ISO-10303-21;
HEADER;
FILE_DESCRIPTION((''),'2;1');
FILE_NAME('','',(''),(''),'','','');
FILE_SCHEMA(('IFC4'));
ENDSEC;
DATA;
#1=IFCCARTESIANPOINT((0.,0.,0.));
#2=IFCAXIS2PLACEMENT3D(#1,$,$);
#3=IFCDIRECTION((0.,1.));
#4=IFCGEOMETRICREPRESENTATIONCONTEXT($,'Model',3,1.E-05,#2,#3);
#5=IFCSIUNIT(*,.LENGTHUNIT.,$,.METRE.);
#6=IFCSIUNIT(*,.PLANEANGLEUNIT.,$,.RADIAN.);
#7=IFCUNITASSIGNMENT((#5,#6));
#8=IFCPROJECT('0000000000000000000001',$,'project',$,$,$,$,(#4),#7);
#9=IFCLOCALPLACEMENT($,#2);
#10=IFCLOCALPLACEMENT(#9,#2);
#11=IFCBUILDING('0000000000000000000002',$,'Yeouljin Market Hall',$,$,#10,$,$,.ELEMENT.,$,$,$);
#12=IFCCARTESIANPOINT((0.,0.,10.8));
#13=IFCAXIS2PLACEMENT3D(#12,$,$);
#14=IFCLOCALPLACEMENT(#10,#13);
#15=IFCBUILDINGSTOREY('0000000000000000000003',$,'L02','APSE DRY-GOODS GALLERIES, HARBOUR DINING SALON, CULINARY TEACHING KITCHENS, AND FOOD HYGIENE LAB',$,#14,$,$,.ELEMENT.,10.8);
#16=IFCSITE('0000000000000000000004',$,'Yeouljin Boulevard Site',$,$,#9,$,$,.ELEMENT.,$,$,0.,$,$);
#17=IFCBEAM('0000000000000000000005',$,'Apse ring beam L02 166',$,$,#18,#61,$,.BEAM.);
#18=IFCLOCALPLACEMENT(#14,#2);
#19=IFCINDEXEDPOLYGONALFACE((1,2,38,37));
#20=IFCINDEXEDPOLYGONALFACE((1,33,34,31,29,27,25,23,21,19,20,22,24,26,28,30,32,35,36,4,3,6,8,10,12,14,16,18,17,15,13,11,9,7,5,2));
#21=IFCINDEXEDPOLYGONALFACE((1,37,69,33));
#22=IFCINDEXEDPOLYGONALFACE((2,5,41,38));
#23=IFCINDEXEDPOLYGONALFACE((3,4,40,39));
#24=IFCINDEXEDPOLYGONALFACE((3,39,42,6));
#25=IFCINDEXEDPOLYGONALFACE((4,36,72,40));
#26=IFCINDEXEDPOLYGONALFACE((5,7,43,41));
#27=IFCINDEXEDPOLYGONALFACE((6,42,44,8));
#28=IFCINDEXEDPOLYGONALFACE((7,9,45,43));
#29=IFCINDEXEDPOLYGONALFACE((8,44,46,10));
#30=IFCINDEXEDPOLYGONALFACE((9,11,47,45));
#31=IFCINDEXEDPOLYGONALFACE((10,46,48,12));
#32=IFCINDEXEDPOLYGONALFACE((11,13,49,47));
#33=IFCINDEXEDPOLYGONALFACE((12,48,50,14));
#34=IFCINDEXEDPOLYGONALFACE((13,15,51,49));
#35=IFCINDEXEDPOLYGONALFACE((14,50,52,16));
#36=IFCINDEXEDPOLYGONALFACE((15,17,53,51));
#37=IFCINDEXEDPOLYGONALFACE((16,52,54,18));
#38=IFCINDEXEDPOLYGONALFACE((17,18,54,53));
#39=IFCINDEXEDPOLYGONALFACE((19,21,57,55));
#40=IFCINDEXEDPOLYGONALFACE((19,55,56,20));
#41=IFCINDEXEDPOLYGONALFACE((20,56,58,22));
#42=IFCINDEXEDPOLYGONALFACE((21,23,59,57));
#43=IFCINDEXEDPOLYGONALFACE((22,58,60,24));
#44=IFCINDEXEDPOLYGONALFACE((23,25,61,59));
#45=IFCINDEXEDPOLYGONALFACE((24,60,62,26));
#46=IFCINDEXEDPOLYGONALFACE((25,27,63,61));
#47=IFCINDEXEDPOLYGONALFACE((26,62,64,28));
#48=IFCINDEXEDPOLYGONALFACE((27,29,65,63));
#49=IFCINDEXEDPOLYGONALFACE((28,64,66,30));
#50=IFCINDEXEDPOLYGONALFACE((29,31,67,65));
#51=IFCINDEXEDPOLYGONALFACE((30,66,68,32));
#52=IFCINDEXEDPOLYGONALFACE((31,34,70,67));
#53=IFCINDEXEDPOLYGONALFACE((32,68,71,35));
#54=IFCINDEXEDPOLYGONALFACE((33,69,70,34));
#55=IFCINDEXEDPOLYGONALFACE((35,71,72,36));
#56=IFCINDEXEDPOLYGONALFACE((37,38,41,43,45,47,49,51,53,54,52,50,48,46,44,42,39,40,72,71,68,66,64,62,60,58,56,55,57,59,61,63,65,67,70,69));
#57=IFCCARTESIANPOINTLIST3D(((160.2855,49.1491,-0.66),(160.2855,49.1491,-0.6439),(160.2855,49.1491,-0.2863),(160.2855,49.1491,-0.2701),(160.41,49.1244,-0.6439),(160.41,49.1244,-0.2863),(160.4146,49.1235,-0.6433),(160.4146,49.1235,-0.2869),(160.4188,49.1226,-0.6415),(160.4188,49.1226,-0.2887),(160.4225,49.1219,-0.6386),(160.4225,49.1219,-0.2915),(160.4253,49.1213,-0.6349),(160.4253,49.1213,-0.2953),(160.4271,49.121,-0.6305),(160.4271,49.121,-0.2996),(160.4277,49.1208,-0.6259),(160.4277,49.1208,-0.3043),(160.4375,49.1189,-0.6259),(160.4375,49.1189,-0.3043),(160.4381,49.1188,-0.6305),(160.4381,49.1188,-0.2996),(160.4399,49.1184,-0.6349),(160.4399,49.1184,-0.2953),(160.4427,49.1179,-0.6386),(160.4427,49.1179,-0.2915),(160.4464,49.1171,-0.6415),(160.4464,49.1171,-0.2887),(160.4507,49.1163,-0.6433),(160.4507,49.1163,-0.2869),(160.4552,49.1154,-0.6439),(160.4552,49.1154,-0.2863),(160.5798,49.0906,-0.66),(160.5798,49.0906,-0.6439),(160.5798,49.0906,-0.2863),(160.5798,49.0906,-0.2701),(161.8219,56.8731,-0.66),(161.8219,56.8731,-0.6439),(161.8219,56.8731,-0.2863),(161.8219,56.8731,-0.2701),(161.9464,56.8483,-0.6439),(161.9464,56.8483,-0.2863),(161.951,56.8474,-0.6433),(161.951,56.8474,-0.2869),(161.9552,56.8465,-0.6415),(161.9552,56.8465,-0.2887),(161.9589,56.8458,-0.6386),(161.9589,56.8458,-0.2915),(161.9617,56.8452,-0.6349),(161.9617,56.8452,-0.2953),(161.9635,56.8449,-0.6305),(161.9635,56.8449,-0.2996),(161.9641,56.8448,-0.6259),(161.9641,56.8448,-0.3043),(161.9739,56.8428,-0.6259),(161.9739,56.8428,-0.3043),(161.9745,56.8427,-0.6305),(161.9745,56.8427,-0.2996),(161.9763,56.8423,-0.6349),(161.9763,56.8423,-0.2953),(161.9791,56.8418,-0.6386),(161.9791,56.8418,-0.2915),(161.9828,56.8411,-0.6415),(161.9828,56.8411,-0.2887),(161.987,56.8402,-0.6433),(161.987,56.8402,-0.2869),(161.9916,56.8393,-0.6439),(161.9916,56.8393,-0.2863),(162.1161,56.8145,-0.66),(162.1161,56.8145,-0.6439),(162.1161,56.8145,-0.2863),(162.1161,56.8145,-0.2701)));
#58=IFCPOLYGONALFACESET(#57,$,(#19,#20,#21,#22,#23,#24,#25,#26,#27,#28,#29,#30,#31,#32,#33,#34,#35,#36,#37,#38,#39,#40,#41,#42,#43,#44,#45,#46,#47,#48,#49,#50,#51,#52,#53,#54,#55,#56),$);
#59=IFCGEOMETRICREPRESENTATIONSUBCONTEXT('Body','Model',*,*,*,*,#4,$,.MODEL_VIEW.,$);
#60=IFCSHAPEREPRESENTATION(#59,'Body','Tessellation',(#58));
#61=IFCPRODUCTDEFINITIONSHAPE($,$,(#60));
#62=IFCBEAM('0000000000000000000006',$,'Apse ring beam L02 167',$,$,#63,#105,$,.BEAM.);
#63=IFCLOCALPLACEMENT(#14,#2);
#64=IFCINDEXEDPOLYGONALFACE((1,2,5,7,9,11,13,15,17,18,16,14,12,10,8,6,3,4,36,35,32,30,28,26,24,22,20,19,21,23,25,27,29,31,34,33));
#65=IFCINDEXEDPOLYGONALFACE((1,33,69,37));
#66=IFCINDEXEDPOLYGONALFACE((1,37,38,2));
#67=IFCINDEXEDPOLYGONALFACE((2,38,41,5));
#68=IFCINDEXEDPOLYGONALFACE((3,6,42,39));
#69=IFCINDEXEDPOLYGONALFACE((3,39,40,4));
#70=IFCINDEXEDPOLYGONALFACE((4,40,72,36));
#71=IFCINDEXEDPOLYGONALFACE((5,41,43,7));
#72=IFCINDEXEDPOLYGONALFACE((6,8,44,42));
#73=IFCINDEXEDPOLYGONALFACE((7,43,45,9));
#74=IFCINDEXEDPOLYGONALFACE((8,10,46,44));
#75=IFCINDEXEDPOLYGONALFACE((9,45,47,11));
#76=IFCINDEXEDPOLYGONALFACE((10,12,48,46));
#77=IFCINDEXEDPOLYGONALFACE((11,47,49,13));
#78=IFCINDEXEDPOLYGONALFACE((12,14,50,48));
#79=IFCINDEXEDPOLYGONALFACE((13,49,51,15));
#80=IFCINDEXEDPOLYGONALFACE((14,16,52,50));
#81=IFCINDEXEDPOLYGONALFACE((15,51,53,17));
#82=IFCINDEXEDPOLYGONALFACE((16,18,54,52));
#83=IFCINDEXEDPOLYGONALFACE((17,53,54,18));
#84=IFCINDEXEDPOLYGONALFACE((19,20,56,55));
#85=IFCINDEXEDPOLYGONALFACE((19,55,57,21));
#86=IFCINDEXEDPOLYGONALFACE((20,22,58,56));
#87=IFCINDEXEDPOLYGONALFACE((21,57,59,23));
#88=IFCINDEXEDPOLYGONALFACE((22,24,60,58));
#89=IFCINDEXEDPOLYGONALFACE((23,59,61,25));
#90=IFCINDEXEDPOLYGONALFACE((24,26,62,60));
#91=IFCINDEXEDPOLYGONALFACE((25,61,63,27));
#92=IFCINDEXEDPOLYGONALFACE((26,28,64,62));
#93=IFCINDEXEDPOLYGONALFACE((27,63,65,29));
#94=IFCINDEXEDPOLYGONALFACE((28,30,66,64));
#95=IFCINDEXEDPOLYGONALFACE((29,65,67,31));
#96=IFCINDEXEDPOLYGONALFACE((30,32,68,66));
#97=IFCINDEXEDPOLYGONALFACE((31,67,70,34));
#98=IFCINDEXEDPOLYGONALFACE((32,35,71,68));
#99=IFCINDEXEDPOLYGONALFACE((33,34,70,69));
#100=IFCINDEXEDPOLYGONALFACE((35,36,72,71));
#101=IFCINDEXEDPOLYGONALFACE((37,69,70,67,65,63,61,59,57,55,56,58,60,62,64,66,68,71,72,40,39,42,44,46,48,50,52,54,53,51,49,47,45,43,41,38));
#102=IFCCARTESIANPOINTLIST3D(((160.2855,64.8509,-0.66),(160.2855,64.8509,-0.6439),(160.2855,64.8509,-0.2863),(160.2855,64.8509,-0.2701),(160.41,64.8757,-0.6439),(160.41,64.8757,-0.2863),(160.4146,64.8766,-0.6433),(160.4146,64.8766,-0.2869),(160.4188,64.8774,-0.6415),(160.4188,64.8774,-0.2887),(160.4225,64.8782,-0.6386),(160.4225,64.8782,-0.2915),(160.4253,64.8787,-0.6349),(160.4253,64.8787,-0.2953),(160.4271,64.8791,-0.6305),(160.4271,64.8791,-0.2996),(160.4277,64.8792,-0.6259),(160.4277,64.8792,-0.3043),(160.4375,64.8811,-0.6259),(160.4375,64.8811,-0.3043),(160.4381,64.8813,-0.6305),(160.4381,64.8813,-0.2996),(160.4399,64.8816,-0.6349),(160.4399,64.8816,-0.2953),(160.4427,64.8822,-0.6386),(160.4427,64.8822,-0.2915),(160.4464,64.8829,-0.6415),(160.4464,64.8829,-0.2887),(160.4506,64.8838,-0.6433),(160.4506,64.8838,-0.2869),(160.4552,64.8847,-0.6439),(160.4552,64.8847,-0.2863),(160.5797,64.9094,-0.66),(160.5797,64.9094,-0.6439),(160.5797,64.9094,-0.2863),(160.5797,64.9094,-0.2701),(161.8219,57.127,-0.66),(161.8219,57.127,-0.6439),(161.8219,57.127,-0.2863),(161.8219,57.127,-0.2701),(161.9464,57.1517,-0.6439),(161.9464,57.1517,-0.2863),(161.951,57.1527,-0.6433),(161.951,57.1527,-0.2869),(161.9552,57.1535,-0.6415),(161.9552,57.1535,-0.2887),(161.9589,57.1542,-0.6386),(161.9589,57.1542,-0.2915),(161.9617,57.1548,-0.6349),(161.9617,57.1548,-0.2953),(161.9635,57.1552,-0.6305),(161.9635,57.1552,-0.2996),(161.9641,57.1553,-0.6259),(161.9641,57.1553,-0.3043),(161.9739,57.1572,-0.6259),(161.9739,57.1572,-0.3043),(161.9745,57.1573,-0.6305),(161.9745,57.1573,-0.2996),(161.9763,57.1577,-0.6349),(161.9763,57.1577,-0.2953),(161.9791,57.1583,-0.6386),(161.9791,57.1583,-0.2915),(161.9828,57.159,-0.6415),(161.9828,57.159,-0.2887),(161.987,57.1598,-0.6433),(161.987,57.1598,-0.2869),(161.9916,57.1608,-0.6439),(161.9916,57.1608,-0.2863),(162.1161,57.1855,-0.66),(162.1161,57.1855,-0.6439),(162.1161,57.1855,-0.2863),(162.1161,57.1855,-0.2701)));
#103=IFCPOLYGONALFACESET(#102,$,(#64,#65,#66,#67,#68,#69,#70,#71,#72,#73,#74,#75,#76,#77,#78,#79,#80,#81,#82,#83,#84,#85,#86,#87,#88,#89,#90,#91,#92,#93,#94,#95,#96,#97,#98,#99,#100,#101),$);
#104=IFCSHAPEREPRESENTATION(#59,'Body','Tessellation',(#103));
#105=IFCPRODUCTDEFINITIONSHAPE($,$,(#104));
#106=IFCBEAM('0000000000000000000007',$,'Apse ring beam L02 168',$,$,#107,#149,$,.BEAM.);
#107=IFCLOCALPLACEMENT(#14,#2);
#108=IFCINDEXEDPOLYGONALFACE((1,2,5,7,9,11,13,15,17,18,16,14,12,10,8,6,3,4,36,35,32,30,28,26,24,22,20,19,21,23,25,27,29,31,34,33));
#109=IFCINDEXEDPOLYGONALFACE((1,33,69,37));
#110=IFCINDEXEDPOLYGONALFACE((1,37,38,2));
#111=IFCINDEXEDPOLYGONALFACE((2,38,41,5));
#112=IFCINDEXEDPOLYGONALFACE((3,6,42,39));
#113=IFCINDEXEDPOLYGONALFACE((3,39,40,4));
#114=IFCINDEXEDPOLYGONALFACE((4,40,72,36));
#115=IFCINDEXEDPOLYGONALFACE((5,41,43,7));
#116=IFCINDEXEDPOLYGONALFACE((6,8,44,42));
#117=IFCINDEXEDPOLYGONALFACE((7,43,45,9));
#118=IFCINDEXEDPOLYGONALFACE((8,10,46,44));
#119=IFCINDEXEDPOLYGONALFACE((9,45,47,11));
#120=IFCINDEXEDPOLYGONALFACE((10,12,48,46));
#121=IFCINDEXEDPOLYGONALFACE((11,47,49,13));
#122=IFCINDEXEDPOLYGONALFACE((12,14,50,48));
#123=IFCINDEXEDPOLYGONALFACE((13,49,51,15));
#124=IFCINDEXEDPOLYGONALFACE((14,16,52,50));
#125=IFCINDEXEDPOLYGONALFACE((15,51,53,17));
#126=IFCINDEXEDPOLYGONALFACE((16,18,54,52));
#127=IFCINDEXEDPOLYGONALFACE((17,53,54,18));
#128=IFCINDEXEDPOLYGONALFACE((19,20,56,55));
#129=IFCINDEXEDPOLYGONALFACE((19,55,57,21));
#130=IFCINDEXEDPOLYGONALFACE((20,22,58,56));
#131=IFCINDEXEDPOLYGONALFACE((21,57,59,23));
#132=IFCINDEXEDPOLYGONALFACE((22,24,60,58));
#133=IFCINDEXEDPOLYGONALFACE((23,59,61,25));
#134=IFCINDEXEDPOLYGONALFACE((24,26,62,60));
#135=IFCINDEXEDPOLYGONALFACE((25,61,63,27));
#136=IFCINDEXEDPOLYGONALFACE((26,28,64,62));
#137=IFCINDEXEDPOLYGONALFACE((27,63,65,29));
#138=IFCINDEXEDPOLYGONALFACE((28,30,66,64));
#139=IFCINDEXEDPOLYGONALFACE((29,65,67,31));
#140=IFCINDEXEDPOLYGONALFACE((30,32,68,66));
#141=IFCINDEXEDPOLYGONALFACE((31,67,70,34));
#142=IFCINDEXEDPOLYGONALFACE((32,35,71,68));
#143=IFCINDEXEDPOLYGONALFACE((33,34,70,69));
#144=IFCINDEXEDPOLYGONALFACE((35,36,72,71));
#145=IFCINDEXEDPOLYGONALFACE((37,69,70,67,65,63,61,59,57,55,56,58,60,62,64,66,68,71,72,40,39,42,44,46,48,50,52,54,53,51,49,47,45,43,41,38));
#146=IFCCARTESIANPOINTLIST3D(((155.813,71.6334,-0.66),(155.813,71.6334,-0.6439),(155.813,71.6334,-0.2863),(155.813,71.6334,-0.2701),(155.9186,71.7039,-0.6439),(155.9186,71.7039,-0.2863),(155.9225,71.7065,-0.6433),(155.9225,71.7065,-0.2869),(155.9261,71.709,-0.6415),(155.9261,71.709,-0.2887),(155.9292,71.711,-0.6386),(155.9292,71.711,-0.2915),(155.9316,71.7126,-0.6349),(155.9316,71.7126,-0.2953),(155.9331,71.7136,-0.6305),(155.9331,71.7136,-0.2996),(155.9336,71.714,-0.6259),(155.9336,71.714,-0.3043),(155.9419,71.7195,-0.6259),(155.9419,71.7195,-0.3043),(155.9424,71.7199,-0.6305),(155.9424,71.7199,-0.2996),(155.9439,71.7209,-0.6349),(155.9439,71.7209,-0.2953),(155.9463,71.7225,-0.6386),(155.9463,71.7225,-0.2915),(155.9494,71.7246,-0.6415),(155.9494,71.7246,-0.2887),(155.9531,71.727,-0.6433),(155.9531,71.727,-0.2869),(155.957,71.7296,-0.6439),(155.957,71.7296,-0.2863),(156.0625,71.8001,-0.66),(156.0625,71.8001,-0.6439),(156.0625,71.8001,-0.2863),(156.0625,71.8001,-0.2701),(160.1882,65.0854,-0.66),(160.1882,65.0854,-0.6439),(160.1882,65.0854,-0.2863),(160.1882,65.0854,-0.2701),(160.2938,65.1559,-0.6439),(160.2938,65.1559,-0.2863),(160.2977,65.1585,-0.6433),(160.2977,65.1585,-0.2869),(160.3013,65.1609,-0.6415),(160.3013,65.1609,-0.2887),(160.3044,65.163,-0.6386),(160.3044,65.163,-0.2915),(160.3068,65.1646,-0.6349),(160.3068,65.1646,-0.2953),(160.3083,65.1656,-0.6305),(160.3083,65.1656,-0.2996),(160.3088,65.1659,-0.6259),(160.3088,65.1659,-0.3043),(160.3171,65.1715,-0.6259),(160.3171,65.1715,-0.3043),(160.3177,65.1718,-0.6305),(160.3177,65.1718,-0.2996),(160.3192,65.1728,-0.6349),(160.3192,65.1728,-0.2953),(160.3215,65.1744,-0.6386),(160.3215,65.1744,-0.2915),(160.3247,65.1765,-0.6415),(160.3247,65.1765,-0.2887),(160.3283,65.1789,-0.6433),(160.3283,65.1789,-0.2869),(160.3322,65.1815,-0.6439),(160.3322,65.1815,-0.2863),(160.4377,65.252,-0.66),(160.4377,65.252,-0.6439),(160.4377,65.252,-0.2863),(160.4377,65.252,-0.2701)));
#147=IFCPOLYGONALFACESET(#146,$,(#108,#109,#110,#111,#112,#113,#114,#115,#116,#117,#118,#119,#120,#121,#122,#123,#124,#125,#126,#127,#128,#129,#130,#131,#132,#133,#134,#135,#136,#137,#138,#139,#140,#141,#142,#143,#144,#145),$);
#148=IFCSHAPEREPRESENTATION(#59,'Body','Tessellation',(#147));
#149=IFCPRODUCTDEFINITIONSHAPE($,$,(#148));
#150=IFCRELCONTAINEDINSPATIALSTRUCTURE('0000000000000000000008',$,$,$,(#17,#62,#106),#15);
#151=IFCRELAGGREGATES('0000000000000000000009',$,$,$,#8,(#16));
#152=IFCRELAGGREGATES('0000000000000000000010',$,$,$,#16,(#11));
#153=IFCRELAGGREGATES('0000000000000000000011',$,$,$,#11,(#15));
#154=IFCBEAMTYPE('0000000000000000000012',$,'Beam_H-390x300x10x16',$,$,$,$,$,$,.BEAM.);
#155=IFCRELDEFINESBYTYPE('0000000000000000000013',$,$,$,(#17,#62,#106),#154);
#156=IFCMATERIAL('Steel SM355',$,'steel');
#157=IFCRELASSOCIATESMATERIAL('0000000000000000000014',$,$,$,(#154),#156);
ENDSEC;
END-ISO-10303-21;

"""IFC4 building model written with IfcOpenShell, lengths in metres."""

from ifc_helpers import new_model, si_unit, direction, frame, origin, origin_2d, place, context, subcontext, project, spatial, i_section, extrude, material, material_profile, profile_set, type_object, element, save


model = new_model("IFC4")

# Units and contexts
model_context = context("Model", 3, precision=1e-05, world=origin(), true_north=direction((0.0, 1.0)))
body_context = subcontext(model_context, "Body", "Model", "MODEL_VIEW")
ifc_project = project(units=[si_unit("LENGTHUNIT", "METRE"), si_unit("PLANEANGLEUNIT", "RADIAN")], contexts=[model_context])

# Site, building, storey
site_placement = place(None, origin())
site = spatial("IfcSite", under=ifc_project, at=site_placement, Name="Yeouljin Boulevard Site", CompositionType="ELEMENT", RefElevation=0.0)
building_placement = place(site_placement, origin())
building = spatial("IfcBuilding", under=site, at=building_placement, Name="Yeouljin Market Hall", CompositionType="ELEMENT")
storey_placement = place(building_placement, frame((0.0, 0.0, 10.8)))
storey = spatial("IfcBuildingStorey", under=building, at=storey_placement, Name="L02", Description="APSE DRY-GOODS GALLERIES, HARBOUR DINING SALON, CULINARY TEACHING KITCHENS, AND FOOD HYGIENE LAB", CompositionType="ELEMENT", Elevation=10.8)

# Beams
ifc_material_1 = material(Name="Steel SM355", Category="steel")
ifc_material_profile_1 = material_profile(ifc_material_1, i_section(OverallWidth=0.3, OverallDepth=0.3899, WebThickness=0.01, FlangeThickness=0.0161, FilletRadius=0.0181, at=origin_2d()), Name="H-390x300x10x16")
ifc_profile_set_1 = profile_set([ifc_material_profile_1], Name="Steel SM355")
beam_type_1 = type_object("IfcBeamType", Name="Beam_H-390x300x10x16", PredefinedType="BEAM", material=ifc_profile_set_1)
for number, where, z_axis, x_axis, name in (
    (1, (160.4326, 49.1199, -0.4651), (0.195091, 0.980785, 0.0), (-0.980785, 0.195091, 0.0), "Apse ring beam L02 166"),
    (2, (161.969, 57.1562, -0.4651), (-0.195091, 0.980785, 0.0), (-0.980785, -0.195091, 0.0), "Apse ring beam L02 167"),
    (3, (160.313, 65.1687, -0.4651), (-0.555566, 0.831473, 0.0), (-0.831473, -0.555566, 0.0), "Apse ring beam L02 168"),
):
    element("IfcBeam", number, at=place(storey_placement, frame(where, z_axis=z_axis, x_axis=x_axis)), inside=storey, type_object=beam_type_1, Name=name, PredefinedType="BEAM", context=body_context, shape_type="SweptSolid", body=[
        extrude(i_section(OverallWidth=0.3, OverallDepth=0.3899, WebThickness=0.01, FlangeThickness=0.0161, FilletRadius=0.0181, at=origin_2d()), origin(), (0.0, 0.0, 1.0), 7.8752),
    ])

save(model, "model.ifc")
